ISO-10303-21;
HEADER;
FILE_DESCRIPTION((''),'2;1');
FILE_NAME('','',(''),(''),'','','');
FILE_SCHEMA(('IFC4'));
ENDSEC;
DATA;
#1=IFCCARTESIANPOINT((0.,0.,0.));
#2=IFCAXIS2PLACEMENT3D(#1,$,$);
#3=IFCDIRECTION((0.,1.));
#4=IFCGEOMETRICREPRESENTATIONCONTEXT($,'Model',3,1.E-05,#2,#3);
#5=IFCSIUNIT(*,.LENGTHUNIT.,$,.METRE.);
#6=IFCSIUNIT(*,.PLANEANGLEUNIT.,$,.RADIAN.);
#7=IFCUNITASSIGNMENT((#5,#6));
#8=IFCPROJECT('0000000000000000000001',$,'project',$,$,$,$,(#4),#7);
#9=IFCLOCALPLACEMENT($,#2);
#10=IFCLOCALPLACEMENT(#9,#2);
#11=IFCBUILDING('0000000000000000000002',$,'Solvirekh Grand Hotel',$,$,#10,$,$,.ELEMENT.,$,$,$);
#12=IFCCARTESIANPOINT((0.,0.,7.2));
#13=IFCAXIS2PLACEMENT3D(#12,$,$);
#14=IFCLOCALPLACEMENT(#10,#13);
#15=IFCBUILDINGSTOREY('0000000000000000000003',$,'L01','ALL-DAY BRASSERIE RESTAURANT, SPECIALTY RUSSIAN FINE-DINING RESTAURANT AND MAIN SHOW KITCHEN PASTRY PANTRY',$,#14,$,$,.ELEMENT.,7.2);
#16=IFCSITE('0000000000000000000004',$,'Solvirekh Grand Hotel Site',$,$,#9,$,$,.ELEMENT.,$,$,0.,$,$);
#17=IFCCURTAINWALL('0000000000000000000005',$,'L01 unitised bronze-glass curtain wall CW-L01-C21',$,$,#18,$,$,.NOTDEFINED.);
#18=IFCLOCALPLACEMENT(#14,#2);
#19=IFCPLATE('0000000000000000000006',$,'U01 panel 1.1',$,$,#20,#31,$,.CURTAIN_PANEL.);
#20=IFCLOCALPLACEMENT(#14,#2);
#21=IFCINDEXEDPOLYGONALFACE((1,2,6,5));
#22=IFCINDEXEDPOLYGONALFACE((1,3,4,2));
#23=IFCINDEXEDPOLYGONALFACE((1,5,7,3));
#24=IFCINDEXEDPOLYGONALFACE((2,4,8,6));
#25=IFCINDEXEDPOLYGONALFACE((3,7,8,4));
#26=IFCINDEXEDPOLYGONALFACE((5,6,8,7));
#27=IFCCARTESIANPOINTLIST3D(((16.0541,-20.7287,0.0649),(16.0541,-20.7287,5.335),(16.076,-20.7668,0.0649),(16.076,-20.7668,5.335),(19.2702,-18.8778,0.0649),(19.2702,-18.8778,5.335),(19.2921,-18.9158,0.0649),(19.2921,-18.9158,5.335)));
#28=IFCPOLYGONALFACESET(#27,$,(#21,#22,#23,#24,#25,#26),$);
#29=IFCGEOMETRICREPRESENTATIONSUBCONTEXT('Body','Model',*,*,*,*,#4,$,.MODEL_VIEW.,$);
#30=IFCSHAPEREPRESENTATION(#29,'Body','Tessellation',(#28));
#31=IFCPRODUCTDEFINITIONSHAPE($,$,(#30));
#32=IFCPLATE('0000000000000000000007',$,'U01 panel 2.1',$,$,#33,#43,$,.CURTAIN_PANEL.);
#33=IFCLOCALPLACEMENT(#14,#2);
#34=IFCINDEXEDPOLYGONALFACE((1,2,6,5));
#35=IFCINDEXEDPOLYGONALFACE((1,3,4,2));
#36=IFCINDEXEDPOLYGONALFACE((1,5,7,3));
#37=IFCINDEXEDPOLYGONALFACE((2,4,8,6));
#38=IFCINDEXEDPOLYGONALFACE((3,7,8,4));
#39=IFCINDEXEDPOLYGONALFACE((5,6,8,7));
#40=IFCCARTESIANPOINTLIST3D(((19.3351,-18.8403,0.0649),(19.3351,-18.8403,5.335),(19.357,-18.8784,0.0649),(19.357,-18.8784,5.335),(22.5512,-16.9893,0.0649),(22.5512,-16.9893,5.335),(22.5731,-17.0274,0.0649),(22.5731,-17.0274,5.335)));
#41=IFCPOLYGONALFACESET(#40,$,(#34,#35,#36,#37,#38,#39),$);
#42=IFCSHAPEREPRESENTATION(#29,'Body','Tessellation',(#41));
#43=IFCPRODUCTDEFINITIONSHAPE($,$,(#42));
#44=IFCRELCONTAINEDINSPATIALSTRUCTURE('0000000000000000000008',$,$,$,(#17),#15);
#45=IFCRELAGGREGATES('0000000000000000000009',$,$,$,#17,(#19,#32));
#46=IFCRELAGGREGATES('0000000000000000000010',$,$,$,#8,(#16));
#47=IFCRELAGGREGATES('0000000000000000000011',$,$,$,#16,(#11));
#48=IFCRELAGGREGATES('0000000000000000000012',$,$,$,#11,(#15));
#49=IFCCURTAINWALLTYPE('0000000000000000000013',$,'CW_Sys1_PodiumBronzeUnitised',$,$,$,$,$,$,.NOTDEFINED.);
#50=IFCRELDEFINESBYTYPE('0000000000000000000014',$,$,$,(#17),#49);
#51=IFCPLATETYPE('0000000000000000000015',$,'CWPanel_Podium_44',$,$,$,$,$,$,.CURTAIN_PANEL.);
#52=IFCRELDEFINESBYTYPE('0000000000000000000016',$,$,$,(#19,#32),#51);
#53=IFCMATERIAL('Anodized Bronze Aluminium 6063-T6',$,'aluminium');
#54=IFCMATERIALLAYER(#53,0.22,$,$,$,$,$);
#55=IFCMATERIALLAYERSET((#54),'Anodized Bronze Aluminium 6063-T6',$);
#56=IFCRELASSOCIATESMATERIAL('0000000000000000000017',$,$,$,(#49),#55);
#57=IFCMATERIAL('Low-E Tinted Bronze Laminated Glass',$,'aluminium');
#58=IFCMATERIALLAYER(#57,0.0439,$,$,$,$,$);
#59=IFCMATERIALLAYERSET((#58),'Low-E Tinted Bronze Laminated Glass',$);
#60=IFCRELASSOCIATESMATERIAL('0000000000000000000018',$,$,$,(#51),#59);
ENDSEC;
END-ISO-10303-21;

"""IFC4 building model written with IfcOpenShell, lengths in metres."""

from ifc_helpers import new_model, si_unit, direction, frame, origin, origin_2d, place, context, subcontext, project, spatial, rectangle, extrude, source, transform, mapped, material, layer, layer_set, type_object, element, aggregate, save


model = new_model("IFC4")

# Units and contexts
model_context = context("Model", 3, precision=1e-05, world=origin(), true_north=direction((0.0, 1.0)))
body_context = subcontext(model_context, "Body", "Model", "MODEL_VIEW")
ifc_project = project(units=[si_unit("LENGTHUNIT", "METRE"), si_unit("PLANEANGLEUNIT", "RADIAN")], contexts=[model_context])

# Site, building, storey
site_placement = place(None, origin())
site = spatial("IfcSite", under=ifc_project, at=site_placement, Name="Solvirekh Grand Hotel Site", CompositionType="ELEMENT", RefElevation=0.0)
building_placement = place(site_placement, origin())
building = spatial("IfcBuilding", under=site, at=building_placement, Name="Solvirekh Grand Hotel", CompositionType="ELEMENT")
storey_placement = place(building_placement, frame((0.0, 0.0, 7.2)))
storey = spatial("IfcBuildingStorey", under=building, at=storey_placement, Name="L01", Description="ALL-DAY BRASSERIE RESTAURANT, SPECIALTY RUSSIAN FINE-DINING RESTAURANT AND MAIN SHOW KITCHEN PASTRY PANTRY", CompositionType="ELEMENT", Elevation=7.2)

# Shared definitions
ifc_material_1 = material(Name="Anodized Bronze Aluminium 6063-T6", Category="aluminium")
ifc_layer_1 = layer(ifc_material_1, 0.22)
ifc_layer_set_1 = layer_set([ifc_layer_1], Name="Anodized Bronze Aluminium 6063-T6")
curtain_wall_type = type_object("IfcCurtainWallType", Name="CW_Sys1_PodiumBronzeUnitised", PredefinedType="NOTDEFINED", material=ifc_layer_set_1)

# Curtain wall
curtain_wall_1_placement = place(storey_placement, origin())
curtain_wall_1 = element("IfcCurtainWall", 1, at=curtain_wall_1_placement, inside=storey, type_object=curtain_wall_type, Name="L01 unitised bronze-glass curtain wall CW-L01-C21", PredefinedType="NOTDEFINED")

# Plates
ifc_material_2 = material(Name="Low-E Tinted Bronze Laminated Glass", Category="aluminium")
ifc_layer_2 = layer(ifc_material_2, 0.0439)
ifc_layer_set_2 = layer_set([ifc_layer_2], Name="Low-E Tinted Bronze Laminated Glass")
plate_type = type_object("IfcPlateType", Name="CWPanel_Podium_44", PredefinedType="CURTAIN_PANEL", material=ifc_layer_set_2)
shared_shape_1 = source(origin(), body_context, "Body", "SweptSolid", [
    extrude(rectangle(XDim=3.7107, YDim=0.0439, at=origin_2d()), origin(), (0.0, 0.0, 1.0), 5.27),
])
plate_1_placement = place(storey_placement, frame((17.6731, -19.8223, 0.0649), z_axis=(0.0, 0.0, 1.0), x_axis=(0.86671, 0.498813, 0.0)))
plate_1 = element("IfcPlate", 2, at=plate_1_placement, type_object=plate_type, Name="U01 panel 1.1", PredefinedType="CURTAIN_PANEL", context=body_context, shape_type="MappedRepresentation", body=[
    mapped(shared_shape_1, transform((0.0, 0.0, 0.0), x_axis=(1.0, 0.0, 0.0), y_axis=(0.0, 1.0, 0.0), z_axis=(0.0, 0.0, 1.0), scale=1.0)),
])
plate_2_placement = place(storey_placement, frame((20.9541, -17.9338, 0.0649), z_axis=(0.0, 0.0, 1.0), x_axis=(0.86671, 0.498813, 0.0)))
plate_2 = element("IfcPlate", 3, at=plate_2_placement, type_object=plate_type, Name="U01 panel 2.1", PredefinedType="CURTAIN_PANEL", context=body_context, shape_type="MappedRepresentation", body=[
    mapped(shared_shape_1, transform((0.0, 0.0, 0.0), x_axis=(1.0, 0.0, 0.0), y_axis=(0.0, 1.0, 0.0), z_axis=(0.0, 0.0, 1.0), scale=1.0)),
])
aggregate(curtain_wall_1, [plate_1, plate_2])

save(model, "model.ifc")
